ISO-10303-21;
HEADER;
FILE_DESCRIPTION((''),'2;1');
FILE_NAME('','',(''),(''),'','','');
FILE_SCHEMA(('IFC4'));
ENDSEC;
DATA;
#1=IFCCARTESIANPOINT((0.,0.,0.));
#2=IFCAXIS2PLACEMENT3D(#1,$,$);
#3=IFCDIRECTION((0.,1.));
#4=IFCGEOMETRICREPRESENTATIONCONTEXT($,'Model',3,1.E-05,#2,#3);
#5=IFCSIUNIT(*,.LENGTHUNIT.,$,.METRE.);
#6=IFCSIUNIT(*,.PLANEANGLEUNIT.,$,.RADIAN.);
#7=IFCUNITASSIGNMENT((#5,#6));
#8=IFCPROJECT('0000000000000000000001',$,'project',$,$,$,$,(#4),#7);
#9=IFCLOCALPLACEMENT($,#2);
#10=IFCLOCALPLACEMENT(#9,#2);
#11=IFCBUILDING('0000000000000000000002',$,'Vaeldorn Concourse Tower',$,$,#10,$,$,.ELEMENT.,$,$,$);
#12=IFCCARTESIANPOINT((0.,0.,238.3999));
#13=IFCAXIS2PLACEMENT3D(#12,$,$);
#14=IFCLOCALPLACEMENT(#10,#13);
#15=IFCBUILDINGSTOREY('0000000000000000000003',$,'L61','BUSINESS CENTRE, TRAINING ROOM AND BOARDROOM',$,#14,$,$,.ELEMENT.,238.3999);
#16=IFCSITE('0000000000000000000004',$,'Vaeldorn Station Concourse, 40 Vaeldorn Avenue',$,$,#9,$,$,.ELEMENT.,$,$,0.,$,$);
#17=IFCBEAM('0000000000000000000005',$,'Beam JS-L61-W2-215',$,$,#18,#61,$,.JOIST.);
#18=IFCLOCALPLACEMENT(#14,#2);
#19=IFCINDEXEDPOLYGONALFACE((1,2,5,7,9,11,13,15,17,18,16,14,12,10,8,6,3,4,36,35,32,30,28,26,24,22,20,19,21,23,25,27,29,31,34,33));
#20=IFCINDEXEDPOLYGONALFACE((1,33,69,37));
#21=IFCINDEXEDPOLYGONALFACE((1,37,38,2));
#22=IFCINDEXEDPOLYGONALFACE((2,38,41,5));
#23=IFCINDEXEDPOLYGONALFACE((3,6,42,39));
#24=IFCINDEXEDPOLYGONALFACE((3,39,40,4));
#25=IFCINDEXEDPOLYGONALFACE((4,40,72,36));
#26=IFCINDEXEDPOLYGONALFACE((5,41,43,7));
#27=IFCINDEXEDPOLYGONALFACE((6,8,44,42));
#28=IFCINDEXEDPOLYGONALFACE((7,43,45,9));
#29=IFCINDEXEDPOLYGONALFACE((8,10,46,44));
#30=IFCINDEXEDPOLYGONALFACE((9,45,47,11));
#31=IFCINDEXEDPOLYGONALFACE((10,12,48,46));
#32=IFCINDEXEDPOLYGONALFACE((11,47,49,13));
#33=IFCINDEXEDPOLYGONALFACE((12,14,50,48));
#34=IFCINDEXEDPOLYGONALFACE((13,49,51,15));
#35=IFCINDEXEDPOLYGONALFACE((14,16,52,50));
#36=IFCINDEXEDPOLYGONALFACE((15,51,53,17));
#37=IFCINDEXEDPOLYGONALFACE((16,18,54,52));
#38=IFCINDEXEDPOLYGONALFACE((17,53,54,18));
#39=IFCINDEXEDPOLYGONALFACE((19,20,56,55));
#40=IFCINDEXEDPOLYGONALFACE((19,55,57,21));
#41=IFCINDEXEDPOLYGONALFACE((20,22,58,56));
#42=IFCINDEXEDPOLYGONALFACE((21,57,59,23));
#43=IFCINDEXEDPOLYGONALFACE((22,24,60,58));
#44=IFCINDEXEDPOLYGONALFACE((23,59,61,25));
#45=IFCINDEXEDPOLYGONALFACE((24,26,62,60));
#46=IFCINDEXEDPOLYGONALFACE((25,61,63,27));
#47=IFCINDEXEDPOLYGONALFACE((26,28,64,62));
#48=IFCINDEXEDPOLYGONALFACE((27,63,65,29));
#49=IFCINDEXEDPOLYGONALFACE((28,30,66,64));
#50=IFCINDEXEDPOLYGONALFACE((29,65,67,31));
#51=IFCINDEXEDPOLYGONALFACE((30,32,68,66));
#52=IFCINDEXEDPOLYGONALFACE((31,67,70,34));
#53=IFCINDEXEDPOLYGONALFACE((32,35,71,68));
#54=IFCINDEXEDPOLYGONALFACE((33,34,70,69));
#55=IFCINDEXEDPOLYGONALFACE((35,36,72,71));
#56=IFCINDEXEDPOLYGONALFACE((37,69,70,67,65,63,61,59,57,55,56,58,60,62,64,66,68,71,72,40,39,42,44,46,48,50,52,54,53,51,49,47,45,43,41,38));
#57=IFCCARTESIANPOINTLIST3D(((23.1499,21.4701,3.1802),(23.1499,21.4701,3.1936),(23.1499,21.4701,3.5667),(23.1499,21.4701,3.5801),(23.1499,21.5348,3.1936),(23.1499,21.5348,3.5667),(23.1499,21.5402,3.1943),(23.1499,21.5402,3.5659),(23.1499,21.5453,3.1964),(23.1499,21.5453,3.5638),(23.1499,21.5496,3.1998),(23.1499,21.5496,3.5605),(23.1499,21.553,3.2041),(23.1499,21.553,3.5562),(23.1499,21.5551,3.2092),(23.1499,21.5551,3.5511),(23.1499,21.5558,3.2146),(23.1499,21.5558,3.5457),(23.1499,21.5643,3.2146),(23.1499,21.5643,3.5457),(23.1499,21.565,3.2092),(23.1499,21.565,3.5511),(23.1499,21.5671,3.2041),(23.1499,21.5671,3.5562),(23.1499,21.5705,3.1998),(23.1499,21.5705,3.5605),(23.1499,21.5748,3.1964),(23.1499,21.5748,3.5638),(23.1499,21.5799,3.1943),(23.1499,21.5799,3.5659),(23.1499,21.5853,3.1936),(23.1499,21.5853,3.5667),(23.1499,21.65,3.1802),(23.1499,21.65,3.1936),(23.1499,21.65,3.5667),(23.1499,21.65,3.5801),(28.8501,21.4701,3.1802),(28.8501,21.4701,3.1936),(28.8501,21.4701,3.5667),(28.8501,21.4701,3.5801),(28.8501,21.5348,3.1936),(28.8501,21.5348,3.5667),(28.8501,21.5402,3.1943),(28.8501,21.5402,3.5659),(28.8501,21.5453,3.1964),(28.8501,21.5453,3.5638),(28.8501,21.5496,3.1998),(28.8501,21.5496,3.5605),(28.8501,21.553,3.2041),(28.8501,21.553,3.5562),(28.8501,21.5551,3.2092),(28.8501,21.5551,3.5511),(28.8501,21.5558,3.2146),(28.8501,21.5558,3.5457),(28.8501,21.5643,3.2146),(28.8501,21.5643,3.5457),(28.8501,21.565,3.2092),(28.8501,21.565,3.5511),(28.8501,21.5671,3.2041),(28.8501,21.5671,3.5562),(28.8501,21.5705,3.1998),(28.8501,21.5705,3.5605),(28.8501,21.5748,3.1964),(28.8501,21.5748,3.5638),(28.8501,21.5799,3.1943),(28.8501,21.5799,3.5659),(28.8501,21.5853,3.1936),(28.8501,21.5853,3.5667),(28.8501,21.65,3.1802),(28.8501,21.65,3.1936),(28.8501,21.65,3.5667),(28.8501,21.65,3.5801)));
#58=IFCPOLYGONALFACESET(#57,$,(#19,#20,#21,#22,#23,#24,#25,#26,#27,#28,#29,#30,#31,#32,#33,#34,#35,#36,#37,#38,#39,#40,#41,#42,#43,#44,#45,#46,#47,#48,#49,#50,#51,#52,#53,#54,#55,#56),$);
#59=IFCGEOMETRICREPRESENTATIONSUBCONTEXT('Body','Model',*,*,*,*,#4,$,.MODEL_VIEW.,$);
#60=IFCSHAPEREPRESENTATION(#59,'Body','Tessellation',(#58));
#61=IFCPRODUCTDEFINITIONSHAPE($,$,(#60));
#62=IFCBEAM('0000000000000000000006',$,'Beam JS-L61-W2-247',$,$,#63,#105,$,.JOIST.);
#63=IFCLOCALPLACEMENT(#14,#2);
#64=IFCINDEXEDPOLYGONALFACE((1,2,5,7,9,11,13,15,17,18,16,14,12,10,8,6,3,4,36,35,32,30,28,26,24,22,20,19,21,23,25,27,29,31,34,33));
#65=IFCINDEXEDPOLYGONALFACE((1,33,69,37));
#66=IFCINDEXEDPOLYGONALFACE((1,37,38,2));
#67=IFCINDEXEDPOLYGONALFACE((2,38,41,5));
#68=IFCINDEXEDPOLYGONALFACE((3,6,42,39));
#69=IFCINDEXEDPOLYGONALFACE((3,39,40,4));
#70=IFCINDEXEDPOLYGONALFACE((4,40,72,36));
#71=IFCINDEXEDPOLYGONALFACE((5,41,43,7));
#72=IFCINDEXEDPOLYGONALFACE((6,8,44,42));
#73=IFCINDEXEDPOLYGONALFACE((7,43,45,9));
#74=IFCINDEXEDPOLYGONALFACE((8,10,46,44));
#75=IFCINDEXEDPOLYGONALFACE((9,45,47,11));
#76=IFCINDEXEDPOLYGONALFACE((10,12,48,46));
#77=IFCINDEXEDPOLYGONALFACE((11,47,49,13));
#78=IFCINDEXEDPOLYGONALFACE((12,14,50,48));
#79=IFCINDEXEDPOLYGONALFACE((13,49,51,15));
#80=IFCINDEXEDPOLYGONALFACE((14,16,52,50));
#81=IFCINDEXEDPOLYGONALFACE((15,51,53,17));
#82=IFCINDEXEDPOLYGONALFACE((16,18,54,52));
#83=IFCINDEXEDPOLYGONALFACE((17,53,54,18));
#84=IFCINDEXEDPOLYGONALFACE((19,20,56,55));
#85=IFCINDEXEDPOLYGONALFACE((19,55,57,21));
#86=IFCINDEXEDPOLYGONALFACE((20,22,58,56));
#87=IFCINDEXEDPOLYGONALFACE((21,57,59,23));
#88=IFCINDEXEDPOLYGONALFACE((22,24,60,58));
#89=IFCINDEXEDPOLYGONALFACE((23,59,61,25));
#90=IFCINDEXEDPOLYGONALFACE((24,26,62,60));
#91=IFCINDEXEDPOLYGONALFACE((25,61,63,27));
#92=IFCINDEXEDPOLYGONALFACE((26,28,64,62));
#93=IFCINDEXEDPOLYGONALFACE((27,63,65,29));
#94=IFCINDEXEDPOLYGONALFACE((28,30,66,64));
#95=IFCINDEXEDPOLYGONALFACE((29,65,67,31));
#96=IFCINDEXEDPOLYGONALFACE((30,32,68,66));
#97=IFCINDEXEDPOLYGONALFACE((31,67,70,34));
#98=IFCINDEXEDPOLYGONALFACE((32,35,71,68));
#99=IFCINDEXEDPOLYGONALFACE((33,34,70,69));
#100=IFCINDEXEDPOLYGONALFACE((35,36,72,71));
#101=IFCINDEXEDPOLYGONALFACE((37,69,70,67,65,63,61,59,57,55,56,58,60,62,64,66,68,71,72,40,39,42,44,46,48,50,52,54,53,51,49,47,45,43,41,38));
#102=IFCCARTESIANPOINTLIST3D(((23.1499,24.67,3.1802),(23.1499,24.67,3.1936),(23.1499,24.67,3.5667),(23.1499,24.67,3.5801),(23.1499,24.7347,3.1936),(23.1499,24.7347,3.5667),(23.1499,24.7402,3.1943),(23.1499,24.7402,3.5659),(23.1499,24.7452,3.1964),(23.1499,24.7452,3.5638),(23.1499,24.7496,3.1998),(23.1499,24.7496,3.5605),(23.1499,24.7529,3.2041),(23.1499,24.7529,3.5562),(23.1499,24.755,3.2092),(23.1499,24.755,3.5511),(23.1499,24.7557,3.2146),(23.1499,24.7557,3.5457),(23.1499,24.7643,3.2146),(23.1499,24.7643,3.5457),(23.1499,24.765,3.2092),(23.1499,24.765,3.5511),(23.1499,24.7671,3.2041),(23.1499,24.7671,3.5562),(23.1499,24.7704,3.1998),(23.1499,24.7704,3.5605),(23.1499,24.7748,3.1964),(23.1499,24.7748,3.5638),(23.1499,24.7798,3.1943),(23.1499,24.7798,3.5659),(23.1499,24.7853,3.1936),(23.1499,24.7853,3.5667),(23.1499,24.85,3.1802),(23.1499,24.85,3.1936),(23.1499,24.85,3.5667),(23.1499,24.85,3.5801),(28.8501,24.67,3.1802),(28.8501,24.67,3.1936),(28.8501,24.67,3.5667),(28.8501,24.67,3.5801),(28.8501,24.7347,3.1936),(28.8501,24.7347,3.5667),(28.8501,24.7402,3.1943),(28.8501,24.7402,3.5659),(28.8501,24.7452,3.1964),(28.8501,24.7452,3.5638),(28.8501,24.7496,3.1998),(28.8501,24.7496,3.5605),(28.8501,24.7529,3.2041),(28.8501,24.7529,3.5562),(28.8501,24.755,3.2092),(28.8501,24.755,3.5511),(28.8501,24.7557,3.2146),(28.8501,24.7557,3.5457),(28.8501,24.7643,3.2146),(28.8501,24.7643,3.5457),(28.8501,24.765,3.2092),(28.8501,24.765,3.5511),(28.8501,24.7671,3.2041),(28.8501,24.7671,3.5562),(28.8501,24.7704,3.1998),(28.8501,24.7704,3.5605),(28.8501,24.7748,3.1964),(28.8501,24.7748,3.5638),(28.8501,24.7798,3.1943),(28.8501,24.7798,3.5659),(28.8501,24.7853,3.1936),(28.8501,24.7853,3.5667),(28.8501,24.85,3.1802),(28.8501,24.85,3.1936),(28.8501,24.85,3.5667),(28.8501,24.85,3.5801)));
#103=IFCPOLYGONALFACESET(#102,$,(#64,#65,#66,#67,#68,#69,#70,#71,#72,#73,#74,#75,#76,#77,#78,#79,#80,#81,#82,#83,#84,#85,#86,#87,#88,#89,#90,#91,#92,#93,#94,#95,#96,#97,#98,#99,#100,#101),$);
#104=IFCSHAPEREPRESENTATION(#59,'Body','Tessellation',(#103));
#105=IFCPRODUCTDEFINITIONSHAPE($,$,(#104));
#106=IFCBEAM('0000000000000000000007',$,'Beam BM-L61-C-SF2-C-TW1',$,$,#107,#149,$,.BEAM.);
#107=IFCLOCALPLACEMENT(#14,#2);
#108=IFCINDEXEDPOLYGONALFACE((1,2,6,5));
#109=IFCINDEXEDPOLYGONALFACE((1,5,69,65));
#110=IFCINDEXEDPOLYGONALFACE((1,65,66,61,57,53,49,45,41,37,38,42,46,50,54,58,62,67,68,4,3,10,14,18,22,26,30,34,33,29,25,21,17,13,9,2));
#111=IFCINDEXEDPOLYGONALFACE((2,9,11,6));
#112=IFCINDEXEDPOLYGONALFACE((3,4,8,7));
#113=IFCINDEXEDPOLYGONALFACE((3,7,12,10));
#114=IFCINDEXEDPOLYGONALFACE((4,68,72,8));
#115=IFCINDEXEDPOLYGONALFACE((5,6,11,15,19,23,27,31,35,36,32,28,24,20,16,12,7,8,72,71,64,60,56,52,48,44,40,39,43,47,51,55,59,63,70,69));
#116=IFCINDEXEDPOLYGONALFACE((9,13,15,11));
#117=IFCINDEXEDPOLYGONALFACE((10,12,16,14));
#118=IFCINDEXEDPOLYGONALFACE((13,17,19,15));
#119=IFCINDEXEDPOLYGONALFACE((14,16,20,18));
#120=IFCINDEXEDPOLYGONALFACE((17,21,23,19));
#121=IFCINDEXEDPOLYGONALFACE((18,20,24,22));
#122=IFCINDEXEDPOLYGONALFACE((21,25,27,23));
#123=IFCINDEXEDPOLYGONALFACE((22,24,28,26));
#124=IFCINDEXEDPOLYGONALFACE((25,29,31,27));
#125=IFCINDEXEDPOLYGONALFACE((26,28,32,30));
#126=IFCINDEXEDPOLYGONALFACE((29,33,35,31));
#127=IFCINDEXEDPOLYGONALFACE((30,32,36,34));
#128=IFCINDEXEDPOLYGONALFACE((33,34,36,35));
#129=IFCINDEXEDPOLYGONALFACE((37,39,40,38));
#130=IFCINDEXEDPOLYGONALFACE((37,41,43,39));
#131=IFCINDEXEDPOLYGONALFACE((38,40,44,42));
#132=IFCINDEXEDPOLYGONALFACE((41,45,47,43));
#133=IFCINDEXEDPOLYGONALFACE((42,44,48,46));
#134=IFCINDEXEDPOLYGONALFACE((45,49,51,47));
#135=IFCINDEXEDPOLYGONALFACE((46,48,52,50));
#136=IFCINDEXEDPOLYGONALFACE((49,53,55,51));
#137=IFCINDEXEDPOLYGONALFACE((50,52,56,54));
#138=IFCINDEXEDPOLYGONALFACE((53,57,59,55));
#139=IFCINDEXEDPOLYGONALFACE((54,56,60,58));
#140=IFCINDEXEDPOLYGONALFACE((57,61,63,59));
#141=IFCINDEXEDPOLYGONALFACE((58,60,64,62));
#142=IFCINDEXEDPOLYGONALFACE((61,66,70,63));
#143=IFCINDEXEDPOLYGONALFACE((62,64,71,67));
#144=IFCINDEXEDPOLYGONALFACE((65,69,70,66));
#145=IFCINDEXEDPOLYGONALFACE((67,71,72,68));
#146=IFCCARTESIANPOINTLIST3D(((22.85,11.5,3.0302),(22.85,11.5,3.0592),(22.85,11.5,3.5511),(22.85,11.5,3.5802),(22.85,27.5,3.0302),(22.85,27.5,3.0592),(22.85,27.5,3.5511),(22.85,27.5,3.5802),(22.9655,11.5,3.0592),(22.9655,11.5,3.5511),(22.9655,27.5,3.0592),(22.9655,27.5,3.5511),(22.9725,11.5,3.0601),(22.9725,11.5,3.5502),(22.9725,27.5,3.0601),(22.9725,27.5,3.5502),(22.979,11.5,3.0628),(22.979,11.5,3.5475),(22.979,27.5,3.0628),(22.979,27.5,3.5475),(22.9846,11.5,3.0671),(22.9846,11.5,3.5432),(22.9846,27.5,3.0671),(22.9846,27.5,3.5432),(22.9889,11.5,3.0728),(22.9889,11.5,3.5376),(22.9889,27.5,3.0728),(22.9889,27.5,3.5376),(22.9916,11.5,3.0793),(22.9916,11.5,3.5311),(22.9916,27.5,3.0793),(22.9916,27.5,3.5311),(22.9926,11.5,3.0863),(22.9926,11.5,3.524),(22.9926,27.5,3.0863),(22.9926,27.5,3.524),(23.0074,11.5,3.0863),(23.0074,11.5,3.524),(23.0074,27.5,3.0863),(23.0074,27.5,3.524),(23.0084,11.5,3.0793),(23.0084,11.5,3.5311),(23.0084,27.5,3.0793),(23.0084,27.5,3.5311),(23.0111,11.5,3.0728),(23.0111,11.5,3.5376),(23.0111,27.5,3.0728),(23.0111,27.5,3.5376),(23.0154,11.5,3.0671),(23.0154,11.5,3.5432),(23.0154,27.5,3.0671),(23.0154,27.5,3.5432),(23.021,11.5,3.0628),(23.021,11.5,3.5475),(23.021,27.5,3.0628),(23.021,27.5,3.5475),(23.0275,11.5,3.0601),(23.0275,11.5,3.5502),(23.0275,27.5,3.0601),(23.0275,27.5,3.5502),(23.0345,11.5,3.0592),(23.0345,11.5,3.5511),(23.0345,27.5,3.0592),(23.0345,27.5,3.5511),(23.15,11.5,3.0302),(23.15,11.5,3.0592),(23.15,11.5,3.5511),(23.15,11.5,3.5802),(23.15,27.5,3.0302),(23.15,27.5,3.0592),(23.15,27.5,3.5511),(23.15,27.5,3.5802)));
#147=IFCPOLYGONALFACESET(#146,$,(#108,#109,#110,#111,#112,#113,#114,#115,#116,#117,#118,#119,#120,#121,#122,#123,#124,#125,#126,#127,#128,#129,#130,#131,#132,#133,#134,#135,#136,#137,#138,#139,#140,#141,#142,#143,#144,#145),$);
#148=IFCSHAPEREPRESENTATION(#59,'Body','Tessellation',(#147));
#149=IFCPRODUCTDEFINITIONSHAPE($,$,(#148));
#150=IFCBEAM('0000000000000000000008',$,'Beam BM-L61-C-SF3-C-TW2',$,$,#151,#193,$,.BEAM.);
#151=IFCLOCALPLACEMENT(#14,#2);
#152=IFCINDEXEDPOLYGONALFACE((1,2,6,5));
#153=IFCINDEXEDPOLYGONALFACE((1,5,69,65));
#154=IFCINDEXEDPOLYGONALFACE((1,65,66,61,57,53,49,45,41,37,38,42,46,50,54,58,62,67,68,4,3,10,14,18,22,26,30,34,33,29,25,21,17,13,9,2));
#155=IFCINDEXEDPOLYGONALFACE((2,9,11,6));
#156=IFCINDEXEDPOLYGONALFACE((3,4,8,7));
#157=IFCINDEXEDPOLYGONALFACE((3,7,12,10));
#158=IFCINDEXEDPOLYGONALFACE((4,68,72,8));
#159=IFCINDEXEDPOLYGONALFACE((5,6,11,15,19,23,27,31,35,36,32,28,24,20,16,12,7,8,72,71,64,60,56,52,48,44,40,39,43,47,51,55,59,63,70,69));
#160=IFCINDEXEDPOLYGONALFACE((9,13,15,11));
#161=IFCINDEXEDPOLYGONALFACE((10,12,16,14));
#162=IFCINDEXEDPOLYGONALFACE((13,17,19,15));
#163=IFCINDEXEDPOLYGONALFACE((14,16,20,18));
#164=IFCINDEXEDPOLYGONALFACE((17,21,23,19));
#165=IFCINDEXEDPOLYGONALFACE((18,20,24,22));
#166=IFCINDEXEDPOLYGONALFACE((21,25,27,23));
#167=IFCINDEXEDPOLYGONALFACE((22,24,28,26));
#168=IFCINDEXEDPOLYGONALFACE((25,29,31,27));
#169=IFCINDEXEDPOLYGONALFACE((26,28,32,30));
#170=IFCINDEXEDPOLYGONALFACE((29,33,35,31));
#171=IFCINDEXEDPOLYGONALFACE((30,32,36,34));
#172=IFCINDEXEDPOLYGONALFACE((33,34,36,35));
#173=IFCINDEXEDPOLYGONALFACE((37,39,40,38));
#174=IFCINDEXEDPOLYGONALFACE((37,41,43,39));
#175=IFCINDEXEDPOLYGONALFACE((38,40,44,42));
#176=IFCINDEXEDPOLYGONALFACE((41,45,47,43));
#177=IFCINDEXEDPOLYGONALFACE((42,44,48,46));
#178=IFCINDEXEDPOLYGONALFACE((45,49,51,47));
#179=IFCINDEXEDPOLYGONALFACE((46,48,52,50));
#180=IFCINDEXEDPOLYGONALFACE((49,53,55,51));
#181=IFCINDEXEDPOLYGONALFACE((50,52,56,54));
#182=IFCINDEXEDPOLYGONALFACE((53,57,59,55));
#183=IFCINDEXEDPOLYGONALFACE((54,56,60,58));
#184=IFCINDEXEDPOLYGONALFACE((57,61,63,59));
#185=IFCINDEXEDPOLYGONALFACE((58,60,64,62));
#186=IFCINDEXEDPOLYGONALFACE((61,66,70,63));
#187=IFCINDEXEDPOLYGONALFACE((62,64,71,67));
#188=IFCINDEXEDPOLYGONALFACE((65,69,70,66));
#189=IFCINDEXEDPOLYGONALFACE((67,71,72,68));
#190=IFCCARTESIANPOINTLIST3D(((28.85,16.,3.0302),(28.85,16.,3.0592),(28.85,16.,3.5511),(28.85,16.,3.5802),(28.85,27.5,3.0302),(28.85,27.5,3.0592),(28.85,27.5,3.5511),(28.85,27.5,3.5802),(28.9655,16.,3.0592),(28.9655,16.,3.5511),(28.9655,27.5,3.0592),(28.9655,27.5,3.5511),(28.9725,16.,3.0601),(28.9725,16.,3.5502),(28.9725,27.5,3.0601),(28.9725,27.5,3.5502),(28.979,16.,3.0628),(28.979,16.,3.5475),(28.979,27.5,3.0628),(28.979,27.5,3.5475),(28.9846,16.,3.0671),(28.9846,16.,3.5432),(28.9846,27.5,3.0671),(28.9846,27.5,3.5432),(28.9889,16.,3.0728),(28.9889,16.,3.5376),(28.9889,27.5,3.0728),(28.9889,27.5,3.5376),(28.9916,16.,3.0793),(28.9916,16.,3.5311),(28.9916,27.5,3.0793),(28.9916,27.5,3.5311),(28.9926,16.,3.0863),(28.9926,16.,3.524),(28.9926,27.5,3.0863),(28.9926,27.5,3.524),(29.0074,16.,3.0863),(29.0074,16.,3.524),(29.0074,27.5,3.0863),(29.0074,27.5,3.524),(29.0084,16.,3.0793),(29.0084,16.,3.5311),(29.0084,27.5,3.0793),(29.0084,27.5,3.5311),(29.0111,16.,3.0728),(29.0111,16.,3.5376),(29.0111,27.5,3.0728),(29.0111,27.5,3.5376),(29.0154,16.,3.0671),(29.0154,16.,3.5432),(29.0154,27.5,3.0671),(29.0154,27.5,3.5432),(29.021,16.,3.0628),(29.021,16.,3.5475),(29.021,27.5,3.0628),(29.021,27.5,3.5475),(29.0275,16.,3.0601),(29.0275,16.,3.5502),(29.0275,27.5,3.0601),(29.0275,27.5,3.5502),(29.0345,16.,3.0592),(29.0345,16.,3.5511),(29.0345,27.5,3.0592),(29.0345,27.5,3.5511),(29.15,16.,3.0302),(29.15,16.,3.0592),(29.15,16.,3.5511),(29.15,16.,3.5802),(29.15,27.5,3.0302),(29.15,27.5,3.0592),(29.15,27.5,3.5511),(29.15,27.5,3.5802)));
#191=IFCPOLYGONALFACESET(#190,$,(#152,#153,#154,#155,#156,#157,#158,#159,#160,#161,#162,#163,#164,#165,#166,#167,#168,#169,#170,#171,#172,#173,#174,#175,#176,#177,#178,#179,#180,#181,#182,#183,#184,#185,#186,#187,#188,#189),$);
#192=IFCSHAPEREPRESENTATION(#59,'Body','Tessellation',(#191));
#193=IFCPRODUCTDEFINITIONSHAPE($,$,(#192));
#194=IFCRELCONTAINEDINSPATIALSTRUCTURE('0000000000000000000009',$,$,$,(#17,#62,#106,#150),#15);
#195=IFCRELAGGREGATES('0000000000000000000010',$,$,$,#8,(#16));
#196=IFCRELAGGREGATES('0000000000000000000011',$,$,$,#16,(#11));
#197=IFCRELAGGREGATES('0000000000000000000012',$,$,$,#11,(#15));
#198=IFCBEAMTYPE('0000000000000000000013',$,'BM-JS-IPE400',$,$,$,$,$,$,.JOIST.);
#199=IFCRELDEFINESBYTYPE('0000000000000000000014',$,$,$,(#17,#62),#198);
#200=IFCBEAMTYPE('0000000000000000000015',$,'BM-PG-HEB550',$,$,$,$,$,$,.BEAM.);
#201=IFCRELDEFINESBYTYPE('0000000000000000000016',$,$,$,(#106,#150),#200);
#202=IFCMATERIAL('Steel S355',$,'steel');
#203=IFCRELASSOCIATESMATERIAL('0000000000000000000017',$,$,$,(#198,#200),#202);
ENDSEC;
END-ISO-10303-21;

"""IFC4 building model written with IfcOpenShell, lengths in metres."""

from ifc_helpers import new_model, si_unit, direction, frame, origin, origin_2d, place, context, subcontext, project, spatial, i_section, extrude, source, transform, mapped, material, material_profile, profile_set, type_object, element, save


model = new_model("IFC4")

# Units and contexts
model_context = context("Model", 3, precision=1e-05, world=origin(), true_north=direction((0.0, 1.0)))
body_context = subcontext(model_context, "Body", "Model", "MODEL_VIEW")
ifc_project = project(units=[si_unit("LENGTHUNIT", "METRE"), si_unit("PLANEANGLEUNIT", "RADIAN")], contexts=[model_context])

# Site, building, storey
site_placement = place(None, origin())
site = spatial("IfcSite", under=ifc_project, at=site_placement, Name="Vaeldorn Station Concourse, 40 Vaeldorn Avenue", CompositionType="ELEMENT", RefElevation=0.0)
building_placement = place(site_placement, origin())
building = spatial("IfcBuilding", under=site, at=building_placement, Name="Vaeldorn Concourse Tower", CompositionType="ELEMENT")
storey_placement = place(building_placement, frame((0.0, 0.0, 238.3999)))
storey = spatial("IfcBuildingStorey", under=building, at=storey_placement, Name="L61", Description="BUSINESS CENTRE, TRAINING ROOM AND BOARDROOM", CompositionType="ELEMENT", Elevation=238.3999)

# Shared definitions
ifc_material_1 = material(Name="Steel S355", Category="steel")

# Beams
ifc_material_profile_1 = material_profile(ifc_material_1, i_section(OverallWidth=0.1799, OverallDepth=0.3999, WebThickness=0.0085, FlangeThickness=0.0134, FilletRadius=0.021, at=origin_2d()), Name="IPE 400")
ifc_profile_set_1 = profile_set([ifc_material_profile_1], Name="Steel S355")
beam_type_1 = type_object("IfcBeamType", Name="BM-JS-IPE400", PredefinedType="JOIST", material=ifc_profile_set_1)
shared_shape_1 = source(origin(), body_context, "Body", "SweptSolid", [
    extrude(i_section(OverallWidth=0.1799, OverallDepth=0.3999, WebThickness=0.0085, FlangeThickness=0.0134, FilletRadius=0.021, at=origin_2d()), origin(), (0.0, 0.0, 1.0), 5.7002),
])
for number, where, z_axis, x_axis, name in (
    (1, (23.1499, 21.5601, 3.3801), (1.0, 0.0, 0.0), (0.0, 1.0, 0.0), "Beam JS-L61-W2-215"),
    (2, (23.1499, 24.76, 3.3801), (1.0, 0.0, 0.0), (0.0, 1.0, 0.0), "Beam JS-L61-W2-247"),
):
    element("IfcBeam", number, at=place(storey_placement, frame(where, z_axis=z_axis, x_axis=x_axis)), inside=storey, type_object=beam_type_1, Name=name, PredefinedType="JOIST", context=body_context, shape_type="MappedRepresentation", body=[
        mapped(shared_shape_1, transform((0.0, 0.0, 0.0), scale=1.0)),
    ])
ifc_material_profile_2 = material_profile(ifc_material_1, i_section(OverallWidth=0.3, OverallDepth=0.55, WebThickness=0.0149, FlangeThickness=0.0291, FilletRadius=0.0271, at=origin_2d()), Name="HEB 550")
ifc_profile_set_2 = profile_set([ifc_material_profile_2], Name="Steel S355")
beam_type_2 = type_object("IfcBeamType", Name="BM-PG-HEB550", PredefinedType="BEAM", material=ifc_profile_set_2)
shared_shape_2 = source(origin(), body_context, "Body", "SweptSolid", [
    extrude(i_section(OverallWidth=0.3, OverallDepth=0.55, WebThickness=0.0149, FlangeThickness=0.0291, FilletRadius=0.0271, at=origin_2d()), origin(), (0.0, 0.0, 1.0), 16.0),
])
beam_1_placement = place(storey_placement, frame((23.0, 11.5, 3.3052), z_axis=(0.0, 1.0, 0.0), x_axis=(-1.0, 0.0, 0.0)))
element("IfcBeam", 3, at=beam_1_placement, inside=storey, type_object=beam_type_2, Name="Beam BM-L61-C-SF2-C-TW1", PredefinedType="BEAM", context=body_context, shape_type="MappedRepresentation", body=[
    mapped(shared_shape_2, transform((0.0, 0.0, 0.0), scale=1.0)),
])
shared_shape_3 = source(origin(), body_context, "Body", "SweptSolid", [
    extrude(i_section(OverallWidth=0.3, OverallDepth=0.55, WebThickness=0.0149, FlangeThickness=0.0291, FilletRadius=0.0271, at=origin_2d()), origin(), (0.0, 0.0, 1.0), 11.5),
])
beam_2_placement = place(storey_placement, frame((29.0, 16.0, 3.3052), z_axis=(0.0, 1.0, 0.0), x_axis=(-1.0, 0.0, 0.0)))
element("IfcBeam", 4, at=beam_2_placement, inside=storey, type_object=beam_type_2, Name="Beam BM-L61-C-SF3-C-TW2", PredefinedType="BEAM", context=body_context, shape_type="MappedRepresentation", body=[
    mapped(shared_shape_3, transform((0.0, 0.0, 0.0), scale=1.0)),
])

save(model, "model.ifc")
